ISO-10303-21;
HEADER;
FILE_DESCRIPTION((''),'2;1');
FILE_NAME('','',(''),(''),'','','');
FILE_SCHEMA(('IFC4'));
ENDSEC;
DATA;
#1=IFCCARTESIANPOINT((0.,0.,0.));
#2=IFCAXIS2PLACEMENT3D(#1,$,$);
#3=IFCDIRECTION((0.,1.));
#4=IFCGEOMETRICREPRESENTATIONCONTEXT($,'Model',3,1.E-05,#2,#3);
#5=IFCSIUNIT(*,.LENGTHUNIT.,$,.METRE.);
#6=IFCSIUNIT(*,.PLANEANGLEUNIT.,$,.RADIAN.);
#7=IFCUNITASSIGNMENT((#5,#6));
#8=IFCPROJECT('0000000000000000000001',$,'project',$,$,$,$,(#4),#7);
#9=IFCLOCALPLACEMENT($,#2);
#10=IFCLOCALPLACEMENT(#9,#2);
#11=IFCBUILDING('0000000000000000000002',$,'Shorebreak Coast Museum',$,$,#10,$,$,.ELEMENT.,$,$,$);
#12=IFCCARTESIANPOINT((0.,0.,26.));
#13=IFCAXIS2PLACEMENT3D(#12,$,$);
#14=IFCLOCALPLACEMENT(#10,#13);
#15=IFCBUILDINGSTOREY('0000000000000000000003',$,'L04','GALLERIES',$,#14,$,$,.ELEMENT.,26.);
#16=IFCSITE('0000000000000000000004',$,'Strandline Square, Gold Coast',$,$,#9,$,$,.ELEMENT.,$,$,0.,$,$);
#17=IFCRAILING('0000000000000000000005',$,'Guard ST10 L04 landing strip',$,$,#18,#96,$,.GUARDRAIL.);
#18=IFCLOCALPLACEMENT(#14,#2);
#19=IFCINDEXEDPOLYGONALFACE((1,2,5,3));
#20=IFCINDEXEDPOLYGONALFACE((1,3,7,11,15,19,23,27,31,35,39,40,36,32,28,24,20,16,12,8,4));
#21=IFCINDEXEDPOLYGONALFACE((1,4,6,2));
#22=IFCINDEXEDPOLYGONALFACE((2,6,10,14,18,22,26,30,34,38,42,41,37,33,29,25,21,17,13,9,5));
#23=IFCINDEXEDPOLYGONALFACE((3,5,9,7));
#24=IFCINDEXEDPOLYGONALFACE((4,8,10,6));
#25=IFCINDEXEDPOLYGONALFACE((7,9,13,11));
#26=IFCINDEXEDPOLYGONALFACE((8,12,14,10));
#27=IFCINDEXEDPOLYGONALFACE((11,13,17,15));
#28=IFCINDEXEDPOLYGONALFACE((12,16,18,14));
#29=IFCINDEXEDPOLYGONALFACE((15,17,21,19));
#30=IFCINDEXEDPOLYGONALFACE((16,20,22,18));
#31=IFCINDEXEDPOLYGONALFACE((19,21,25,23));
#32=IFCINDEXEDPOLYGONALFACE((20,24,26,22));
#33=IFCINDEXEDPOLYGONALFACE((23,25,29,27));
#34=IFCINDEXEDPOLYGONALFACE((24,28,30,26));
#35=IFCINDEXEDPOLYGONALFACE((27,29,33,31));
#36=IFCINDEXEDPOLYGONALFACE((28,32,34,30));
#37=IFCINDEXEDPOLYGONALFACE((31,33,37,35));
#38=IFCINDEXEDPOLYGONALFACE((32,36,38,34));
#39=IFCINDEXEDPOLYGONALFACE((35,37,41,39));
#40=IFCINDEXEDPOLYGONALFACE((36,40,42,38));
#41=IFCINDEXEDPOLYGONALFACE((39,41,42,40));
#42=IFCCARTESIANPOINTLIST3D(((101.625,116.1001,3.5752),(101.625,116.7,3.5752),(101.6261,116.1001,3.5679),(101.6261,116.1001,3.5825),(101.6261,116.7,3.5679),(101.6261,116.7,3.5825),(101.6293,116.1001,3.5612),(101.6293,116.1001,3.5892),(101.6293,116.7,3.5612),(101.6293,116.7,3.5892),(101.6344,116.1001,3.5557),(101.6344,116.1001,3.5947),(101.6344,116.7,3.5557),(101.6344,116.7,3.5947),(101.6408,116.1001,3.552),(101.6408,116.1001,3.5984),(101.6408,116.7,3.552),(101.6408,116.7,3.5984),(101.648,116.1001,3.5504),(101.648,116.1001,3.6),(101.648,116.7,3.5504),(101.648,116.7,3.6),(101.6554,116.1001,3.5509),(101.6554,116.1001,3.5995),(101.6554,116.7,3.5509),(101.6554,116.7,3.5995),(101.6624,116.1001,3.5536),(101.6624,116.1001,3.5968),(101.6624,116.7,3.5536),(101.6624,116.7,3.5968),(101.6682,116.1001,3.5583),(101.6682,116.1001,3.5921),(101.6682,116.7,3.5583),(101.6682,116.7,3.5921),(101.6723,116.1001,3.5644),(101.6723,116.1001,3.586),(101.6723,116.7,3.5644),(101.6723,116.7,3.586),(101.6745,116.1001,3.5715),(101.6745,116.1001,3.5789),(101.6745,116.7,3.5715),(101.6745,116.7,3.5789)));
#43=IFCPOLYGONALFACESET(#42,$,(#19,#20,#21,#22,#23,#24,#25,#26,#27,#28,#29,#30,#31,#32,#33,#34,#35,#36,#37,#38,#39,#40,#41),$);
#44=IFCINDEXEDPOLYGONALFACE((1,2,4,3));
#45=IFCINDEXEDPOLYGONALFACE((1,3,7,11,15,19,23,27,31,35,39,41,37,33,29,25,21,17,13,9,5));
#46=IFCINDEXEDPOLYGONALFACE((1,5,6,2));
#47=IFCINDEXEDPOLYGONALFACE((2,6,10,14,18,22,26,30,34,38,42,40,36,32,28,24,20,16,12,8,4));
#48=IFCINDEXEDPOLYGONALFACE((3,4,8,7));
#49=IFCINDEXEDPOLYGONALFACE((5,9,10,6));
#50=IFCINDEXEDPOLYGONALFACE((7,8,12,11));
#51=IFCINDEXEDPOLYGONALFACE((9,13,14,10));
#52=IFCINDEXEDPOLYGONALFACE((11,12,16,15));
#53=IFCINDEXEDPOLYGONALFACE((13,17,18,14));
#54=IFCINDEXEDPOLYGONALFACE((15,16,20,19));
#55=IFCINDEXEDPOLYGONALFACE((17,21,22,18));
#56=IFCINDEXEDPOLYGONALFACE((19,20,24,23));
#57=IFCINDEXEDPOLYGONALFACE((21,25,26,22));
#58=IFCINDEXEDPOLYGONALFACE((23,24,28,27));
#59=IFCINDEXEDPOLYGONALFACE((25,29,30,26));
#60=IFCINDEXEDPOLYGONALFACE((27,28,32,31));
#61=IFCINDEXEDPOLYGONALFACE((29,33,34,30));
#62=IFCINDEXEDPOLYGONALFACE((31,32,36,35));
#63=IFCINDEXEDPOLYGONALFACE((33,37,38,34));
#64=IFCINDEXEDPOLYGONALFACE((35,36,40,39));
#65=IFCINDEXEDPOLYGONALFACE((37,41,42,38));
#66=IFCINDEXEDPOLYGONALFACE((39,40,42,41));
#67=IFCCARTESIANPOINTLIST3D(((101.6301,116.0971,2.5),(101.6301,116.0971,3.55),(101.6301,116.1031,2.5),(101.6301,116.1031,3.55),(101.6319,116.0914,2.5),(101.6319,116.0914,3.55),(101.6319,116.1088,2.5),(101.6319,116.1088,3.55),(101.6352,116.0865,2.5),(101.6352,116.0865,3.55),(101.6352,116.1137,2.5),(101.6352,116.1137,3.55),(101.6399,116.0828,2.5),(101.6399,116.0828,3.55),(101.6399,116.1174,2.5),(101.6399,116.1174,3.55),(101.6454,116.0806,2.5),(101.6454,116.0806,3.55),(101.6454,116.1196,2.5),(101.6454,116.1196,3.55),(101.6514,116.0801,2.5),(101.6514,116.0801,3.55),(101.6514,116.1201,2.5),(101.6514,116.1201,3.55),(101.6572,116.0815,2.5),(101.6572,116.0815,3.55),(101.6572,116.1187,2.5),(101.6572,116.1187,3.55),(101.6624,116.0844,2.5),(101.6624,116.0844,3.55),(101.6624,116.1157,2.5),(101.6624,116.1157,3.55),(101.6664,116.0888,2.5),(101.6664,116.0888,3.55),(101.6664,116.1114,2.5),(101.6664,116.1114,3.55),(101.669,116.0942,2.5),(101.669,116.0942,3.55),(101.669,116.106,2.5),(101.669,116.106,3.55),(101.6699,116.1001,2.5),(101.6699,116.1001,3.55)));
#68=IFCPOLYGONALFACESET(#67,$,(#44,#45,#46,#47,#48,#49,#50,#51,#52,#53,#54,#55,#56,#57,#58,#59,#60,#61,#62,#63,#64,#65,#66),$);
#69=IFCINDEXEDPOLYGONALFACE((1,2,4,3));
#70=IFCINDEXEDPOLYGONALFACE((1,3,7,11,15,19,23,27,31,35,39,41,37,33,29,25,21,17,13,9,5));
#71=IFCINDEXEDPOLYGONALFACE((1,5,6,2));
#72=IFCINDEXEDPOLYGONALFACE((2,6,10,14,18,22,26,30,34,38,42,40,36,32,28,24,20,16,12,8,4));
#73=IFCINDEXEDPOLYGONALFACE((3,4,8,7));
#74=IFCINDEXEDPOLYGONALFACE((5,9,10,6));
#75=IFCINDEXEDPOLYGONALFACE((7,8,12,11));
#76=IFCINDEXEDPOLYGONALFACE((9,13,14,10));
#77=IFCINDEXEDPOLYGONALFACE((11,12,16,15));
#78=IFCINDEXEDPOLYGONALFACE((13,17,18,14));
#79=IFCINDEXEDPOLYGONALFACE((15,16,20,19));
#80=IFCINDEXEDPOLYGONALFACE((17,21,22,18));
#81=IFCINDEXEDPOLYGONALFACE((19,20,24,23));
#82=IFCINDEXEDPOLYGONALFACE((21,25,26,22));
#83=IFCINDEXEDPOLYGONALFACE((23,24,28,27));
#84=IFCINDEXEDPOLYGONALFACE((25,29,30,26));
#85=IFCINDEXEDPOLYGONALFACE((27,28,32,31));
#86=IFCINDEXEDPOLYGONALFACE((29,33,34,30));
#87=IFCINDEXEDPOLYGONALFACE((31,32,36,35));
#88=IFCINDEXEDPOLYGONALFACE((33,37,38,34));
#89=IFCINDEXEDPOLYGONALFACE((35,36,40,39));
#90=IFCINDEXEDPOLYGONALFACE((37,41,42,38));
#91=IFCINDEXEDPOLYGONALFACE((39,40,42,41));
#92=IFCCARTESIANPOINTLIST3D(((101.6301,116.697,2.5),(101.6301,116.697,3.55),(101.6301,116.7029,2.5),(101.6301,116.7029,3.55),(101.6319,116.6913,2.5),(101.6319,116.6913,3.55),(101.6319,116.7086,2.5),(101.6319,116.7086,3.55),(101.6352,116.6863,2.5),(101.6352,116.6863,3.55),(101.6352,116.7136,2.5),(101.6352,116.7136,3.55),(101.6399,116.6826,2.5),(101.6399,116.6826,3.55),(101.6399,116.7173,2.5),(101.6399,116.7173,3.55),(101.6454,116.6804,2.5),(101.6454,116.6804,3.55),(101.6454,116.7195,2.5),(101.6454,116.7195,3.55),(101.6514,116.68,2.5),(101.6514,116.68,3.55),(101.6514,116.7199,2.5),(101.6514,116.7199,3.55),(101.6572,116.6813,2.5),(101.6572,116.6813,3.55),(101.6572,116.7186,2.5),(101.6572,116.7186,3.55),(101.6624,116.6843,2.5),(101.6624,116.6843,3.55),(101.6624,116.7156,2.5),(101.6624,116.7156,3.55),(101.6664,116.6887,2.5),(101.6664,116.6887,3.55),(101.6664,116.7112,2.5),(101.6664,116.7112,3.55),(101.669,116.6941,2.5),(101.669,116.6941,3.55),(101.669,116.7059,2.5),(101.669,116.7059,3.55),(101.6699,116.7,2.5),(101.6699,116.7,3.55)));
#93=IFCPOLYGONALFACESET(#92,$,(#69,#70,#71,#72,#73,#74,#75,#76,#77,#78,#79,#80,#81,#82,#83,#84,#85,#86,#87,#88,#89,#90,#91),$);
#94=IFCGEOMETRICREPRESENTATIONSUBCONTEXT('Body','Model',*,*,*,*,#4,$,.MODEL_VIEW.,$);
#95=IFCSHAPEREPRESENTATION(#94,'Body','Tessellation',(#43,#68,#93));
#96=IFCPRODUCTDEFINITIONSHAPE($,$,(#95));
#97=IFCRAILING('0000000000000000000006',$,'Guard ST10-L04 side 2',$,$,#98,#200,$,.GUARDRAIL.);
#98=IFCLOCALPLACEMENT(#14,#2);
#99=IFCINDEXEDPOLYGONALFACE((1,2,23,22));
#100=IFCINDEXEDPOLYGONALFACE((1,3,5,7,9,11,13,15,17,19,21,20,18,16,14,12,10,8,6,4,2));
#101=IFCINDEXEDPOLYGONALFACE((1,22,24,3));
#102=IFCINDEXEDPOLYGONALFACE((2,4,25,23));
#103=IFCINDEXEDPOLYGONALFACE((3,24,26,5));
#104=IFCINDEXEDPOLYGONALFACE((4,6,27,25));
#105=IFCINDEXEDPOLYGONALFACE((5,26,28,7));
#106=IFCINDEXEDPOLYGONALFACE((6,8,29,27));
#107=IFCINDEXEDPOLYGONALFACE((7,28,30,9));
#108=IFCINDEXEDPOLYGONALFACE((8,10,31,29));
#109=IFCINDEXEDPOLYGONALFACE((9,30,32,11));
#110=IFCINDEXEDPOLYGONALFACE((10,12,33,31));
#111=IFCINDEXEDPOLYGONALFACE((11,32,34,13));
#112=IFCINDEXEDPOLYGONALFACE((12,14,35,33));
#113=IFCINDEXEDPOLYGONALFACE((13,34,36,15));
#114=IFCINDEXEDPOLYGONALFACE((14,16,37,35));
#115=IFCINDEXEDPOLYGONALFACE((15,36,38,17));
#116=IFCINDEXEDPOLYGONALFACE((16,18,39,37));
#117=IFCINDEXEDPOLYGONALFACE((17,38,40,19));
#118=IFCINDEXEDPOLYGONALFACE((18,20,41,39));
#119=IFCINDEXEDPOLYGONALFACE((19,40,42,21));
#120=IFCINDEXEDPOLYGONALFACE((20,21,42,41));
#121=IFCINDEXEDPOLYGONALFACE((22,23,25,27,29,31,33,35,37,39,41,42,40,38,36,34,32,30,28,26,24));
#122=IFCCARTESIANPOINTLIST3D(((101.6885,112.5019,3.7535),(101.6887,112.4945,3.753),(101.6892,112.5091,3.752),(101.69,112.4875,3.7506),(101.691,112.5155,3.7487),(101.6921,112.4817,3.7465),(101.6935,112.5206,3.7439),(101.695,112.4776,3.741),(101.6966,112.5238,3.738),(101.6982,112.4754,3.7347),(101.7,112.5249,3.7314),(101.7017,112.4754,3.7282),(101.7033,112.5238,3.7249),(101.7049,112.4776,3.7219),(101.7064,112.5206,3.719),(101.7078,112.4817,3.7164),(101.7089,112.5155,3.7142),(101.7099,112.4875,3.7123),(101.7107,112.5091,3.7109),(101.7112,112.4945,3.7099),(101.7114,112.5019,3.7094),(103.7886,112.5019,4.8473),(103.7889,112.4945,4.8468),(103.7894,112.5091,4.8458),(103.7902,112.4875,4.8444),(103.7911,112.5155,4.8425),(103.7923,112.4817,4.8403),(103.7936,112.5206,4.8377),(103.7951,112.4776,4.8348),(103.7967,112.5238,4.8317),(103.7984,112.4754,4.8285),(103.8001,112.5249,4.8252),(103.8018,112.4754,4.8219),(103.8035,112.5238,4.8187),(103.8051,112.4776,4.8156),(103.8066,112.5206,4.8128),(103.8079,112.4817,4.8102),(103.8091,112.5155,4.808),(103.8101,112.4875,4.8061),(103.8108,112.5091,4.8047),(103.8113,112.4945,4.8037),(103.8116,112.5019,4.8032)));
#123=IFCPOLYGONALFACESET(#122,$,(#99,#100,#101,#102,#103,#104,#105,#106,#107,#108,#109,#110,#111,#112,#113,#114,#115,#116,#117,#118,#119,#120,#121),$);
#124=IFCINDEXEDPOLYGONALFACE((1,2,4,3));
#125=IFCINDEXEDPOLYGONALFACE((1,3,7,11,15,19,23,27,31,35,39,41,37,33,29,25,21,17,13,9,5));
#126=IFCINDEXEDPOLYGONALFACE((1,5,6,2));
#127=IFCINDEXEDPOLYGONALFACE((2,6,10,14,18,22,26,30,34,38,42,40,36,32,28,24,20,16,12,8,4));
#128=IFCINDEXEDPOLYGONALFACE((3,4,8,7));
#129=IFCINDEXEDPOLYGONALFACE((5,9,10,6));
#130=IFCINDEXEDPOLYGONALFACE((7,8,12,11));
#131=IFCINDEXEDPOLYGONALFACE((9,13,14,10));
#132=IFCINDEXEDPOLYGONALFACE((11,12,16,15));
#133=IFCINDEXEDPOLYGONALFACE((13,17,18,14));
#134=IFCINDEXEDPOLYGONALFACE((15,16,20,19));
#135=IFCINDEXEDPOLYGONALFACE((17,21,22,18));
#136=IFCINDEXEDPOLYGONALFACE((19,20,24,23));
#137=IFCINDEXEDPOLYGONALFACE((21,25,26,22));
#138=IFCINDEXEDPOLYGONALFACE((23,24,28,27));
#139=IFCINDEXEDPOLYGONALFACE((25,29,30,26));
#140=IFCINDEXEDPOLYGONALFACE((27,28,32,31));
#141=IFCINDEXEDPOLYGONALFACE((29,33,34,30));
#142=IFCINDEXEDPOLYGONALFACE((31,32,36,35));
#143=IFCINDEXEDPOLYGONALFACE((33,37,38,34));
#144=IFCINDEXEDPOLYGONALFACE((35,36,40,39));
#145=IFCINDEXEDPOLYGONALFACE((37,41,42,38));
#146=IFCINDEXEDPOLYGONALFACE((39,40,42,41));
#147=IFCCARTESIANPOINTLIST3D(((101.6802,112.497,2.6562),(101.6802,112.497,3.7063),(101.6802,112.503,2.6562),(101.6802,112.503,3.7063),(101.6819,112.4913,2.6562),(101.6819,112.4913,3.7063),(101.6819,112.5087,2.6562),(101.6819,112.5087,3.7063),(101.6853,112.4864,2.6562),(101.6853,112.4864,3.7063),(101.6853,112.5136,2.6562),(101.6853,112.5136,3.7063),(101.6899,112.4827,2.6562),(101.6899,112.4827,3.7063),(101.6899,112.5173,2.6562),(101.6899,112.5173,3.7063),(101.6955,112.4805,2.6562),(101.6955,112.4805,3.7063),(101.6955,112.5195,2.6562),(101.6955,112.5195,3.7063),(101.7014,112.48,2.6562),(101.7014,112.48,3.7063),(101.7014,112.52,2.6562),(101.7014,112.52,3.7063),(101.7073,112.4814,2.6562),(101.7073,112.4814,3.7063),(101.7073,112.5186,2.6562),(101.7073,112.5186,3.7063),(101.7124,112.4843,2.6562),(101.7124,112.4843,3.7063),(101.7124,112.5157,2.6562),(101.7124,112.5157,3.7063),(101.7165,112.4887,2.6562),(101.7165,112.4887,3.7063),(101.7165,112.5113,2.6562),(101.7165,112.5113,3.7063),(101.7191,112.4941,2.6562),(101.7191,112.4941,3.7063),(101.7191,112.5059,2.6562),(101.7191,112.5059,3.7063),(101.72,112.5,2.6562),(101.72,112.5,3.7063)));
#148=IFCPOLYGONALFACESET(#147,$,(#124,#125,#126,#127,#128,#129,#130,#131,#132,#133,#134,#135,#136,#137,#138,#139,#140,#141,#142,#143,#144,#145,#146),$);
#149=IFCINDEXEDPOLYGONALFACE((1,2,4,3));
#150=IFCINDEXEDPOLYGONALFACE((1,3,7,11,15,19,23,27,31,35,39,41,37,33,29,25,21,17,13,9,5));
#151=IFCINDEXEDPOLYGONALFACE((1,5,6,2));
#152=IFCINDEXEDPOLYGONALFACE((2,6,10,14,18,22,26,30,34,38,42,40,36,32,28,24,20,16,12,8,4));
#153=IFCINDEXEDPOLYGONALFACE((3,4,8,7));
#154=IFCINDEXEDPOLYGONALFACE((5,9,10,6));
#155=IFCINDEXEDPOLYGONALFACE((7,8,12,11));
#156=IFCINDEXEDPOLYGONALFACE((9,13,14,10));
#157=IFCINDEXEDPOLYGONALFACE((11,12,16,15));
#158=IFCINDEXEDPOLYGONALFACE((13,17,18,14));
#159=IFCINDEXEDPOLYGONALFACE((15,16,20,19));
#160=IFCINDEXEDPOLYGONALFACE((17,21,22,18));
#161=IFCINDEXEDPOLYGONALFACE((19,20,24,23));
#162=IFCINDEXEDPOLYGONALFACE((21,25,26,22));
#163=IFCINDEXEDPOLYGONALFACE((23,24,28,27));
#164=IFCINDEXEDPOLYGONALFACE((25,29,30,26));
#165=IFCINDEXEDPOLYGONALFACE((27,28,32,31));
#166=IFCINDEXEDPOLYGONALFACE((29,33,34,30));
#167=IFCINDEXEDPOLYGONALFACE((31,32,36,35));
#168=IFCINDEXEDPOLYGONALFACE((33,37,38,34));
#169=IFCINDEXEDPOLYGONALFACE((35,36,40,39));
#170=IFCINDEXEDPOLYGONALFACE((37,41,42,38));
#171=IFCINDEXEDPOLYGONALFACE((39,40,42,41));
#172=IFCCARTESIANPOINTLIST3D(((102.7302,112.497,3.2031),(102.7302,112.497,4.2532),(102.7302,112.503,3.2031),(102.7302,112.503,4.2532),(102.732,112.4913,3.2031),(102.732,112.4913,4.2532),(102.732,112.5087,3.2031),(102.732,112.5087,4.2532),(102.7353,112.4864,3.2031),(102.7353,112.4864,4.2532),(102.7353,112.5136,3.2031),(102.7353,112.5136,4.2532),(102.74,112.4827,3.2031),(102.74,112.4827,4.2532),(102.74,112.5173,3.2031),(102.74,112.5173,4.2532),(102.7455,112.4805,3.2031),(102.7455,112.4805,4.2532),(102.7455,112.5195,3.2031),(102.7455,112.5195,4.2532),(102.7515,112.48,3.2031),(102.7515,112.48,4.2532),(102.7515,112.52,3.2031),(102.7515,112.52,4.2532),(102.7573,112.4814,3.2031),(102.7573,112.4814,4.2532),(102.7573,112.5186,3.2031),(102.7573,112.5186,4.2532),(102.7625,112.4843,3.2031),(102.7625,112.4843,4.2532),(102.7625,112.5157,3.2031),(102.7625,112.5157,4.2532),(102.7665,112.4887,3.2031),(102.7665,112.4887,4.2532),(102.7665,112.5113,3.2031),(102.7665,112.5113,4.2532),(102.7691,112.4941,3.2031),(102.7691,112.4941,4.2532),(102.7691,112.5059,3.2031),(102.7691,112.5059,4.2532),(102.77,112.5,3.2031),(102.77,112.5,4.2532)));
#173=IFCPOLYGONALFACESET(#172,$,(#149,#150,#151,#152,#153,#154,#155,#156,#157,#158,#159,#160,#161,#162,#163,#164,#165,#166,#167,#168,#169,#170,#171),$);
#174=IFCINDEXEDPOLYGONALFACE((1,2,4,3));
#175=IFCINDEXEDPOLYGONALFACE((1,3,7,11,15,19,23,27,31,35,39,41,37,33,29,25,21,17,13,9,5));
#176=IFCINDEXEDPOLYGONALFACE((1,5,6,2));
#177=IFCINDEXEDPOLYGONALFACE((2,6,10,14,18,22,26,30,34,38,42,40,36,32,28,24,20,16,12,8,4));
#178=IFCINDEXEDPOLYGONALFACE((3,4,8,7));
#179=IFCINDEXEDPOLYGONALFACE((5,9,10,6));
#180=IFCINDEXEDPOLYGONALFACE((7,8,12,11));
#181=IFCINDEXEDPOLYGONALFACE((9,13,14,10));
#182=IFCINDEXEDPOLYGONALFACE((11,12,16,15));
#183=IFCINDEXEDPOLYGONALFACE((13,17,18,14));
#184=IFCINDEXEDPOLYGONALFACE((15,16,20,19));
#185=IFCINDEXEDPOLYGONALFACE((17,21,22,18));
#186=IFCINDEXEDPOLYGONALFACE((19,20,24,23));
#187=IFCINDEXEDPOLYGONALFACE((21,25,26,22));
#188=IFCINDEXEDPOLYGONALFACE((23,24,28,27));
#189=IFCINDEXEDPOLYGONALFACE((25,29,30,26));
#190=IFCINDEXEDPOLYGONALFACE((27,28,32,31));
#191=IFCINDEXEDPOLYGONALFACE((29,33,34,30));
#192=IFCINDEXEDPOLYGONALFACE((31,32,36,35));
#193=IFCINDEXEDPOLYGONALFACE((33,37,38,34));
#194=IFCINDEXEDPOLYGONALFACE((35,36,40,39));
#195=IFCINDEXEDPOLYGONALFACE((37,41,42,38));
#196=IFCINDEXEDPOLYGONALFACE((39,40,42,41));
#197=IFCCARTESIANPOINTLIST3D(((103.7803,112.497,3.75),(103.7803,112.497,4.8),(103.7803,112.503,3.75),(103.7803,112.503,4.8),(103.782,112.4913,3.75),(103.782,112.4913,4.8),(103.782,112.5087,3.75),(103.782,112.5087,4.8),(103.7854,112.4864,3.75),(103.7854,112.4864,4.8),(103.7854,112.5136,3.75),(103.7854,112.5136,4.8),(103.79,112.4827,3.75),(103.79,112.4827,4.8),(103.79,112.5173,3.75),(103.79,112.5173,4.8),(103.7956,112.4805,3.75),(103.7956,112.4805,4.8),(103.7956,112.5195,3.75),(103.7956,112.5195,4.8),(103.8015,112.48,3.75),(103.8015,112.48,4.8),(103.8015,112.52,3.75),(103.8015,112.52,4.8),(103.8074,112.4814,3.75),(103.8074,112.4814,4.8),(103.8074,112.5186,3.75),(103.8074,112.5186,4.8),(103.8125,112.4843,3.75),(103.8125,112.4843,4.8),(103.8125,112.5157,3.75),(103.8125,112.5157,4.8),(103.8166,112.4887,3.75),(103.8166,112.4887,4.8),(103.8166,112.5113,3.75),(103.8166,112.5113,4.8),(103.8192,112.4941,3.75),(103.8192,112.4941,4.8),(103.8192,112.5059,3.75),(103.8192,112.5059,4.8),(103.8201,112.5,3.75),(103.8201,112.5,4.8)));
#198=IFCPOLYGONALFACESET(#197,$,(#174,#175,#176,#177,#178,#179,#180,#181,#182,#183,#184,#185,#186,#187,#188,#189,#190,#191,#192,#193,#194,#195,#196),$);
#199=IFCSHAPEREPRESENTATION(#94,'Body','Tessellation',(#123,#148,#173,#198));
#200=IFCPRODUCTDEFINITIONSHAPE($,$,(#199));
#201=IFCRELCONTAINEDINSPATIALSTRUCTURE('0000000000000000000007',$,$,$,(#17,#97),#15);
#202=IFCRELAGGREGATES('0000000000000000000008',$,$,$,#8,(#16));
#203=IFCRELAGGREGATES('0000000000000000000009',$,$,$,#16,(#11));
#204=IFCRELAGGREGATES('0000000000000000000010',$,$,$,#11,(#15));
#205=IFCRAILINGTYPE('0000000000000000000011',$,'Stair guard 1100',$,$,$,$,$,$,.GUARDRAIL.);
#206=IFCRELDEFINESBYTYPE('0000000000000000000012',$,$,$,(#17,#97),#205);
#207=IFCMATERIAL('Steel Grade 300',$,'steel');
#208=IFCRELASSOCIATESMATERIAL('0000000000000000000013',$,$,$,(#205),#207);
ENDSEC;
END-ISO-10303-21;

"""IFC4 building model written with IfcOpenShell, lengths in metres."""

from ifc_helpers import new_model, si_unit, direction, frame, origin, origin_2d, place, context, subcontext, project, spatial, circle, extrude, material, type_object, element, save


model = new_model("IFC4")

# Units and contexts
model_context = context("Model", 3, precision=1e-05, world=origin(), true_north=direction((0.0, 1.0)))
body_context = subcontext(model_context, "Body", "Model", "MODEL_VIEW")
ifc_project = project(units=[si_unit("LENGTHUNIT", "METRE"), si_unit("PLANEANGLEUNIT", "RADIAN")], contexts=[model_context])

# Site, building, storey
site_placement = place(None, origin())
site = spatial("IfcSite", under=ifc_project, at=site_placement, Name="Strandline Square, Gold Coast", CompositionType="ELEMENT", RefElevation=0.0)
building_placement = place(site_placement, origin())
building = spatial("IfcBuilding", under=site, at=building_placement, Name="Shorebreak Coast Museum", CompositionType="ELEMENT")
storey_placement = place(building_placement, frame((0.0, 0.0, 26.0)))
storey = spatial("IfcBuildingStorey", under=building, at=storey_placement, Name="L04", Description="GALLERIES", CompositionType="ELEMENT", Elevation=26.0)

# Railings
ifc_material_1 = material(Name="Steel Grade 300", Category="steel")
railing_type_1 = type_object("IfcRailingType", Name="Stair guard 1100", PredefinedType="GUARDRAIL", material=ifc_material_1)
for number, where, name in (
    (1, (101.6499, 116.1001, 2.5), "Guard ST10 L04 landing strip"),
):
    element("IfcRailing", number, at=place(storey_placement, frame(where)), inside=storey, type_object=railing_type_1, Name=name, PredefinedType="GUARDRAIL", context=body_context, shape_type="SweptSolid", body=[
        extrude(circle(Radius=0.0249, at=origin_2d()), frame((0.0, 0.0, 1.0752), z_axis=(0.0, 1.0, 0.0), x_axis=(-1.0, 0.0, 0.0)), (0.0, 0.0, 1.0), 0.5999),
        extrude(circle(Radius=0.02, at=origin_2d()), origin(), (0.0, 0.0, 1.0), 1.05),
        extrude(circle(Radius=0.02, at=origin_2d()), frame((0.0, 0.5999, 0.0)), (0.0, 0.0, 1.0), 1.05),
    ])
railing_placement = place(storey_placement, frame((101.7, 112.5, 2.6562)))
element("IfcRailing", 2, at=railing_placement, inside=storey, type_object=railing_type_1, Name="Guard ST10-L04 side 2", PredefinedType="GUARDRAIL", context=body_context, shape_type="SweptSolid", body=[
    extrude(circle(Radius=0.0249, at=origin_2d()), frame((0.0, 0.0, 1.0752), z_axis=(0.886923, 0.0, 0.461918), x_axis=(0.0, 1.0, 0.0)), (0.0, 0.0, 1.0), 2.3679),
    extrude(circle(Radius=0.02, at=origin_2d()), origin(), (0.0, 0.0, 1.0), 1.05),
    extrude(circle(Radius=0.02, at=origin_2d()), frame((1.05, 0.0, 0.5469)), (0.0, 0.0, 1.0), 1.05),
    extrude(circle(Radius=0.02, at=origin_2d()), frame((2.1001, 0.0, 1.0938)), (0.0, 0.0, 1.0), 1.05),
])

save(model, "model.ifc")
